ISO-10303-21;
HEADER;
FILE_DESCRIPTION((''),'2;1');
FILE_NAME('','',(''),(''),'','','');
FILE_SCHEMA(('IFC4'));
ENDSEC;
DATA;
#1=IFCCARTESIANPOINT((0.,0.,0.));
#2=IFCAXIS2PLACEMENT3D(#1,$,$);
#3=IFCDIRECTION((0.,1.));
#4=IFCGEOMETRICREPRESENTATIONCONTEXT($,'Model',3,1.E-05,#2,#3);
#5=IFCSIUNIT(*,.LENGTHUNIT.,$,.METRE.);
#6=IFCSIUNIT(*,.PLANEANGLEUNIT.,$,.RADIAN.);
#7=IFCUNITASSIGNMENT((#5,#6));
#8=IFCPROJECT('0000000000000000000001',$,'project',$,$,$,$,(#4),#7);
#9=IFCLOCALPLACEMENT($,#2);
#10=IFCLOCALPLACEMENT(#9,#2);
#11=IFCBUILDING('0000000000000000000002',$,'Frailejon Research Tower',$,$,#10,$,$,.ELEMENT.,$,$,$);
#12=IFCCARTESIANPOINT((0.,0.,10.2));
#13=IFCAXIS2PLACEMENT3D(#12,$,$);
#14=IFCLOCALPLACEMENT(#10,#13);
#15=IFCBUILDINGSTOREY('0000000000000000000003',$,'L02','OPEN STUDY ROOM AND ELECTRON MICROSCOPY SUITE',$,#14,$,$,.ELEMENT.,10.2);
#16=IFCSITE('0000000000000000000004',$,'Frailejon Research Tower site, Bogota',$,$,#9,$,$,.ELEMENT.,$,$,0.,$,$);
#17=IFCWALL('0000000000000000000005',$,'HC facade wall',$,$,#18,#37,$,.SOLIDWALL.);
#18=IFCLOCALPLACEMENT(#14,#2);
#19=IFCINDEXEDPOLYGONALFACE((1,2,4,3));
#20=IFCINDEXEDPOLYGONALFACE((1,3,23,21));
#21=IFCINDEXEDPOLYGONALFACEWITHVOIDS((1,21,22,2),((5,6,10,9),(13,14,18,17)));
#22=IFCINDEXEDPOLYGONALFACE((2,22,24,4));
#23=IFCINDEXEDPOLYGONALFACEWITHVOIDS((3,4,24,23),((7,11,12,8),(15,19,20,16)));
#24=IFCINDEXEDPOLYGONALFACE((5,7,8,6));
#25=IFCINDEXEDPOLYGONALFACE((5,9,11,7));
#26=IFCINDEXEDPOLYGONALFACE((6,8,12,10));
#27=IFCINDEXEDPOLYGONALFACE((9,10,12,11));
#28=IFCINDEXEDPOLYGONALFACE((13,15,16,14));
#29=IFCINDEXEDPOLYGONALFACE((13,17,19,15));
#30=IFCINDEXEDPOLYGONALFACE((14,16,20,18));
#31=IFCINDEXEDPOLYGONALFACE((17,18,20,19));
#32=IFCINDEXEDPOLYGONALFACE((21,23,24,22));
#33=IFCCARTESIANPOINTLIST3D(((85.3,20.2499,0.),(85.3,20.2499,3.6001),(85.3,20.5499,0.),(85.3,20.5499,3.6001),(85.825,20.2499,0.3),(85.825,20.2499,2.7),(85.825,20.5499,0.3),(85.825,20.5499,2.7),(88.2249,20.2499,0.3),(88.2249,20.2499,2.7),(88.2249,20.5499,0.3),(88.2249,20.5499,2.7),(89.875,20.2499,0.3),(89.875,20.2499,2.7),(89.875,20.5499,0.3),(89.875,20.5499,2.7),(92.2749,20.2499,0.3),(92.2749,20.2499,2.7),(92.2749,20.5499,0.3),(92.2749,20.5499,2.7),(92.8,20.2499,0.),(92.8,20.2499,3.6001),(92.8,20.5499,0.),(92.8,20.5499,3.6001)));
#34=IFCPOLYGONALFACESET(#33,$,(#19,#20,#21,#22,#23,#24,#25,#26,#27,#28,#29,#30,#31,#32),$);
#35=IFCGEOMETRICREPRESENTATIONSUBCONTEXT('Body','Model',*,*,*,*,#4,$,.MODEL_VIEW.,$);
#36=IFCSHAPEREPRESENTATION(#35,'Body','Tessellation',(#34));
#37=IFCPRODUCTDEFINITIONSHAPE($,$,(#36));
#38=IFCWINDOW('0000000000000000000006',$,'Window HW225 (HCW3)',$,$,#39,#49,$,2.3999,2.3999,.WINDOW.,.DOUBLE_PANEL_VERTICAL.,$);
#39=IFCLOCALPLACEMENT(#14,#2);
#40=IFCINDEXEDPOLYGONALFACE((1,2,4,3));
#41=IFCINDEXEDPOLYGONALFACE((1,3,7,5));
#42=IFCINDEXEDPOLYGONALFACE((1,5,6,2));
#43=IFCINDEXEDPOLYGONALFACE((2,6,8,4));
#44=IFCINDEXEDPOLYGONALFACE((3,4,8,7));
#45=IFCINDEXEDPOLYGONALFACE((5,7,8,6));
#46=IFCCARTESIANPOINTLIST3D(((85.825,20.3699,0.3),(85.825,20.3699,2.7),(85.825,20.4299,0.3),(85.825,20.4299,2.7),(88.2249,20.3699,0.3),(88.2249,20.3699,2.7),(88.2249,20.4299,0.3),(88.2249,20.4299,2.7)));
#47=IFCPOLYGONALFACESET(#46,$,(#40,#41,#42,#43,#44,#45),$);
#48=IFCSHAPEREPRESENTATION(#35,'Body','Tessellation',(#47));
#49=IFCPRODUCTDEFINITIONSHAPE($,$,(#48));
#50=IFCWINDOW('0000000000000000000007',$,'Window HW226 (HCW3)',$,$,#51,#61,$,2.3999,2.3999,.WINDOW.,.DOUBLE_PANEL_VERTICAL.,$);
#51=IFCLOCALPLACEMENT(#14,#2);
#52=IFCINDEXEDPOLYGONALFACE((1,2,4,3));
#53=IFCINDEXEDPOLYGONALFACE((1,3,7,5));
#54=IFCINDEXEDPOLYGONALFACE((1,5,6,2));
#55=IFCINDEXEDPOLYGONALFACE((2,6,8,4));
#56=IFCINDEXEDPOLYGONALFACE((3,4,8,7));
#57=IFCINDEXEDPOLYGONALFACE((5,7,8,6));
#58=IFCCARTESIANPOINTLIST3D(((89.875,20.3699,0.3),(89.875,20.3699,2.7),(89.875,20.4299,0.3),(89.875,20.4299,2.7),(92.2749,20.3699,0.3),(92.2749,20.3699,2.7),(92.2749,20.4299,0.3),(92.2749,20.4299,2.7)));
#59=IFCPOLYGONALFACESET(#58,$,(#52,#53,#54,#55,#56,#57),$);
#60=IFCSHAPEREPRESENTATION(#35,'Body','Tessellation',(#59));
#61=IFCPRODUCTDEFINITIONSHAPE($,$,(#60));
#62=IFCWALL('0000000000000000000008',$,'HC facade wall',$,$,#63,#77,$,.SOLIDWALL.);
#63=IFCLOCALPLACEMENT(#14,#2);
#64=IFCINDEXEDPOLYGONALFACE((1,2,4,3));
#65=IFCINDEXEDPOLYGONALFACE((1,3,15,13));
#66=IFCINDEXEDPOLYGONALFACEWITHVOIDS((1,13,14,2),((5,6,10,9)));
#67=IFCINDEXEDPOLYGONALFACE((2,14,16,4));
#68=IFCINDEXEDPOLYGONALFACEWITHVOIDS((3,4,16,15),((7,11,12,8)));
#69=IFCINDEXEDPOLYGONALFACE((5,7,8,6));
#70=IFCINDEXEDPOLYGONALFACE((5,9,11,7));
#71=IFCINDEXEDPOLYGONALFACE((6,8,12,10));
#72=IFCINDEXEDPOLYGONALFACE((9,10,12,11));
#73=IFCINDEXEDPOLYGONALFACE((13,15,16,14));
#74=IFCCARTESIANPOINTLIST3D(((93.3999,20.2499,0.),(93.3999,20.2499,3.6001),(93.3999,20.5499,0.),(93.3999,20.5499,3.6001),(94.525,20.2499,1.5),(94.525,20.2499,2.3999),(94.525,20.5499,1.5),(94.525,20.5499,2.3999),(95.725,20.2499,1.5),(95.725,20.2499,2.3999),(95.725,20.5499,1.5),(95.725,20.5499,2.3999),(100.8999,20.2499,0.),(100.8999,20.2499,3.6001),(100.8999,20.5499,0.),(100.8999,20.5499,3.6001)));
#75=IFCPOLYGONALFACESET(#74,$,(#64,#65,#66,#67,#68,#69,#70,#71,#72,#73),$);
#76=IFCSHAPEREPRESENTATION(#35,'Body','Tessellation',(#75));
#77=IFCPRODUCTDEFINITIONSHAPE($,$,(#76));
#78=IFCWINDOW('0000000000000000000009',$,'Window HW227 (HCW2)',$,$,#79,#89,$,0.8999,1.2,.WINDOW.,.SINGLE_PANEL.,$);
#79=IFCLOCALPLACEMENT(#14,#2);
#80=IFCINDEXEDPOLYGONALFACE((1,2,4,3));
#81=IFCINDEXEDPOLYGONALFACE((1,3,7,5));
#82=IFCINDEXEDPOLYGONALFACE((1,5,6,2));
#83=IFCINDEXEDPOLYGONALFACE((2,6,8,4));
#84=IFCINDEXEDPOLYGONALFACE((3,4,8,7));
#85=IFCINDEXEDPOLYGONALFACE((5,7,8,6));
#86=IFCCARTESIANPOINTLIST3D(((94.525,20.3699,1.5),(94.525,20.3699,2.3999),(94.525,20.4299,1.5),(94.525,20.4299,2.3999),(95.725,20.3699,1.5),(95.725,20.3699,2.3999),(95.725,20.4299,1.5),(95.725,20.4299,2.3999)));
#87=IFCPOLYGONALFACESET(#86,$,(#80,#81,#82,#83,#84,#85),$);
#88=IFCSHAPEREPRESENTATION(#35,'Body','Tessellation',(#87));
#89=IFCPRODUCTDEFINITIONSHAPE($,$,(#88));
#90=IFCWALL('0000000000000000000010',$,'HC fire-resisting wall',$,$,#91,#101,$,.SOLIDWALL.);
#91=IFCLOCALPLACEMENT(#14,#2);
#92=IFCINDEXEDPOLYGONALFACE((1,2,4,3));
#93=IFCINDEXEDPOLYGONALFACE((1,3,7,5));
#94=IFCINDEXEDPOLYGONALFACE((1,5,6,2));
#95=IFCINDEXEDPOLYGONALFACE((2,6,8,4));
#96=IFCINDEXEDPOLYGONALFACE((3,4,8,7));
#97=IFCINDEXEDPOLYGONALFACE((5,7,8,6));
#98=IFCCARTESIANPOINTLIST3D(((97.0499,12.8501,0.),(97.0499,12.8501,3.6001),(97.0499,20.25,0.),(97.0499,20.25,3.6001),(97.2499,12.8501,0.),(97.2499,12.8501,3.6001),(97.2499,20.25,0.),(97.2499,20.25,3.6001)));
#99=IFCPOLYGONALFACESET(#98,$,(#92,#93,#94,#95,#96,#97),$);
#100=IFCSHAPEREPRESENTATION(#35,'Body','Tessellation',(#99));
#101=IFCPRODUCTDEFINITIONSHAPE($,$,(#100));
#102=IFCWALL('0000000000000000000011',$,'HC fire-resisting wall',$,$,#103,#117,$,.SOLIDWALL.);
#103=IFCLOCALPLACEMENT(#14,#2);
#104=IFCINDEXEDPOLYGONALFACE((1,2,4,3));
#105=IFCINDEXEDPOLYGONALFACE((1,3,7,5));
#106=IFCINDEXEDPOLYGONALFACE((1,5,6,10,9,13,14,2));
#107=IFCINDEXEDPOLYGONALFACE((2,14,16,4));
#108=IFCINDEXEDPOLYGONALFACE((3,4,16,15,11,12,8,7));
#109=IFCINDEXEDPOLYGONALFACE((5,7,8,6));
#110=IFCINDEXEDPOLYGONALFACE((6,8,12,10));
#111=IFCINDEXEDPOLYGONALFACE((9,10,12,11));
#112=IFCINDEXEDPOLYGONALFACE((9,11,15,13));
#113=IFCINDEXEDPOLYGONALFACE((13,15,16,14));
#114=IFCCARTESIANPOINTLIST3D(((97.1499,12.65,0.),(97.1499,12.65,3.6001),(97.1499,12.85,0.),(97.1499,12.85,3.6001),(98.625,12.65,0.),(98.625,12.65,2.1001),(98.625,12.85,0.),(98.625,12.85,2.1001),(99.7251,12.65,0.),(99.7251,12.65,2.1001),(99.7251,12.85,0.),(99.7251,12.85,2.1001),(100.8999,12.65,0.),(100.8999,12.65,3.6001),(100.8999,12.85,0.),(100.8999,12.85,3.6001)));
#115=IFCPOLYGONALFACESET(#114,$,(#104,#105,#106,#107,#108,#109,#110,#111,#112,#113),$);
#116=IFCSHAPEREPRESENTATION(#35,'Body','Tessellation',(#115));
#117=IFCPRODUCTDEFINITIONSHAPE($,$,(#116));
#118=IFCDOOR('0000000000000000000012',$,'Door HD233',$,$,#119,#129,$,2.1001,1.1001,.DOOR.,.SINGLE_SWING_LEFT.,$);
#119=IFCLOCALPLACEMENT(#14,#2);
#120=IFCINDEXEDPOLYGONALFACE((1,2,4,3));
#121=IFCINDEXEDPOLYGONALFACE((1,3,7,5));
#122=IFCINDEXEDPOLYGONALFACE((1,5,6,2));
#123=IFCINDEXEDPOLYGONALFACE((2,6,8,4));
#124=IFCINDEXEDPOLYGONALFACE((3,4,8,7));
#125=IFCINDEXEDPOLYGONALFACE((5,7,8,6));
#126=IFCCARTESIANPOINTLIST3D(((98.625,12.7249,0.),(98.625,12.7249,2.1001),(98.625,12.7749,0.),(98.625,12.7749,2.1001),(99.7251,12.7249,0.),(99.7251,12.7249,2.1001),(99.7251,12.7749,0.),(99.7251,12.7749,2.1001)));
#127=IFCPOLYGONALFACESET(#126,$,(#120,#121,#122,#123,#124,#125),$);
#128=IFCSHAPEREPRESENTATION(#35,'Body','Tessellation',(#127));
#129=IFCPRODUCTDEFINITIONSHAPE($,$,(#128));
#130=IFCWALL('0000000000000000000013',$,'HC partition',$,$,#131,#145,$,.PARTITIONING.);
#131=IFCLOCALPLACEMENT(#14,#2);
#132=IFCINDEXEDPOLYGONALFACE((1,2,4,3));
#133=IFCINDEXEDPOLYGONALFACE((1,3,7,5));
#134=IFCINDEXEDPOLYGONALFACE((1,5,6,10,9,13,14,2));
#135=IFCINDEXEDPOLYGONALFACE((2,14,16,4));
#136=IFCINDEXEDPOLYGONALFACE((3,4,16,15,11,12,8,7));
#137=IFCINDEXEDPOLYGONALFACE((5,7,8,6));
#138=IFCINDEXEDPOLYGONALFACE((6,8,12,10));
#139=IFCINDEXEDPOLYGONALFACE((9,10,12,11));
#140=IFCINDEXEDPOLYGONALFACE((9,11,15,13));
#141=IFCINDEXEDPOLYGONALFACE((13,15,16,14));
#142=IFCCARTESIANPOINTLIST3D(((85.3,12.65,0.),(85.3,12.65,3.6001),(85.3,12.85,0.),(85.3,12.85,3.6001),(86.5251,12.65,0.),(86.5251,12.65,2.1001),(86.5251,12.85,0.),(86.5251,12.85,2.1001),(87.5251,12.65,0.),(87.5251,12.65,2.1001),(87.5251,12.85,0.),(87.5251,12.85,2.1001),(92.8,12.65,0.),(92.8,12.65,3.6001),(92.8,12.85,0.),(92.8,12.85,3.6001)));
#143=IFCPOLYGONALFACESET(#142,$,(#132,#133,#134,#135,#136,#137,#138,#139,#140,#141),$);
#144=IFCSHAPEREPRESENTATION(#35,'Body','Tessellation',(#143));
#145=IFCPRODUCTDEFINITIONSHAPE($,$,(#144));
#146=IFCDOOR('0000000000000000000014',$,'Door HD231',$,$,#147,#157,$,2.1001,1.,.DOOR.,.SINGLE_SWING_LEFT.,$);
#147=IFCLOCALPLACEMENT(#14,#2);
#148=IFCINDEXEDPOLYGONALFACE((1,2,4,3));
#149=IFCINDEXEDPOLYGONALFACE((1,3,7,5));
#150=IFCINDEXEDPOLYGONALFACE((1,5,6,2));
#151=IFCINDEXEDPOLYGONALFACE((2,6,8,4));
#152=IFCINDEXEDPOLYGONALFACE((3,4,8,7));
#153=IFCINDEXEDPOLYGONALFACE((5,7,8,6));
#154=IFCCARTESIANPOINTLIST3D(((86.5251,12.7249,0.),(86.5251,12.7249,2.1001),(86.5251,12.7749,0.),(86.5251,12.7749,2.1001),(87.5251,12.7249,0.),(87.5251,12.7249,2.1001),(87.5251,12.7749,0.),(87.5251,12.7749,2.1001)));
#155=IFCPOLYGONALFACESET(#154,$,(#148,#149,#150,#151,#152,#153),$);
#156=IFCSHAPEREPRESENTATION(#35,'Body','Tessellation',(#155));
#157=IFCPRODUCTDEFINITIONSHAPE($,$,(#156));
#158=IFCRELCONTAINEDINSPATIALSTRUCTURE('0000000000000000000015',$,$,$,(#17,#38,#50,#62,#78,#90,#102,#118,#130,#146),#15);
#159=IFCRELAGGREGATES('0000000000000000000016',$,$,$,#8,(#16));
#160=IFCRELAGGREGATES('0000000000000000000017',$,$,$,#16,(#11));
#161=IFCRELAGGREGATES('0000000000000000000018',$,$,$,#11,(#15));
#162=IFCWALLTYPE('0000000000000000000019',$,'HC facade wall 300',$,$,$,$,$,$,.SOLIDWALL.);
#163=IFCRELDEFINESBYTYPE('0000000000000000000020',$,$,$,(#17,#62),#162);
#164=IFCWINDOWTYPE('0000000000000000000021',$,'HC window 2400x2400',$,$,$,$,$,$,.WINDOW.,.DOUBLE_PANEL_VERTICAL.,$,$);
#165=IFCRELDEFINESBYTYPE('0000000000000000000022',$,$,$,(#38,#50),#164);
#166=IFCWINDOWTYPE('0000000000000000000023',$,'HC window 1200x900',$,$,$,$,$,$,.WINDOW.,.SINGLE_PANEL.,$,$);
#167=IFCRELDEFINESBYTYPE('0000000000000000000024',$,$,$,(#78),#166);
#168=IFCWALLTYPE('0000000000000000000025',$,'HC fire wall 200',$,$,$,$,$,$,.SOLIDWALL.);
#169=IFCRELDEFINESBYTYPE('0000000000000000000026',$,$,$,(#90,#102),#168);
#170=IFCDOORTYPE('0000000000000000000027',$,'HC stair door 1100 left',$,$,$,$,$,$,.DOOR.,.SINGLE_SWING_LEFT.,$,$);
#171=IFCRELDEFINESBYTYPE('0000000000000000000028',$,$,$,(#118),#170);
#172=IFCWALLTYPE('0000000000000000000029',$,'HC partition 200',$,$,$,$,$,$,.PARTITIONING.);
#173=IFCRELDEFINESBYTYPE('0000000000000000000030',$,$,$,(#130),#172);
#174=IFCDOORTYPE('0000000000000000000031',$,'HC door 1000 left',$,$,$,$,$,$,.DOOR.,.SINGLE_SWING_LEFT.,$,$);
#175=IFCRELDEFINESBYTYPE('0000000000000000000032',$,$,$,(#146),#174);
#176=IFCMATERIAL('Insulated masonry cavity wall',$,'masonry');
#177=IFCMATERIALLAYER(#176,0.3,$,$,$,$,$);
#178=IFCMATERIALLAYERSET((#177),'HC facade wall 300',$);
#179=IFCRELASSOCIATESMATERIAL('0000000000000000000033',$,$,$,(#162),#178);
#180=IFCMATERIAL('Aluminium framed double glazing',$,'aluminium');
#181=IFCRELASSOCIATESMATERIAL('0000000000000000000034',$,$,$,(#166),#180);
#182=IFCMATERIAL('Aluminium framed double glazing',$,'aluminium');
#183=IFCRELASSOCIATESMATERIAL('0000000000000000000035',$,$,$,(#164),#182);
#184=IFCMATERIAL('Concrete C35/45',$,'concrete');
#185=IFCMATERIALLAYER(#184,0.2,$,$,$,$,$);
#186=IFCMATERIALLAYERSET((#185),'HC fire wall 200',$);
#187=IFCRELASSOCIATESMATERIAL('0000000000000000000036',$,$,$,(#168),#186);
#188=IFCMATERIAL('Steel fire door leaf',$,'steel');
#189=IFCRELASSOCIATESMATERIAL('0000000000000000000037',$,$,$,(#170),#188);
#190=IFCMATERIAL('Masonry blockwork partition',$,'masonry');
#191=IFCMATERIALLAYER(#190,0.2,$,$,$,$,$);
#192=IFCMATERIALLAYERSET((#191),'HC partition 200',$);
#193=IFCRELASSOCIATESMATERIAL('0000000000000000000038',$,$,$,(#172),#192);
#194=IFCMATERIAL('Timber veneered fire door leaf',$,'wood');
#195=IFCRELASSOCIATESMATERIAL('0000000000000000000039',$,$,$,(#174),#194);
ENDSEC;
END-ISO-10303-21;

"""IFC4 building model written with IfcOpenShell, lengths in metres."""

from ifc_helpers import new_model, si_unit, direction, frame, frame_2d, origin, place, context, subcontext, project, spatial, rectangle, extrude, material, layer, layer_set, type_object, element, fill, save


model = new_model("IFC4")

# Units and contexts
model_context = context("Model", 3, precision=1e-05, world=origin(), true_north=direction((0.0, 1.0)))
body_context = subcontext(model_context, "Body", "Model", "MODEL_VIEW")
ifc_project = project(units=[si_unit("LENGTHUNIT", "METRE"), si_unit("PLANEANGLEUNIT", "RADIAN")], contexts=[model_context])

# Site, building, storey
site_placement = place(None, origin())
site = spatial("IfcSite", under=ifc_project, at=site_placement, Name="Frailejon Research Tower site, Bogota", CompositionType="ELEMENT", RefElevation=0.0)
building_placement = place(site_placement, origin())
building = spatial("IfcBuilding", under=site, at=building_placement, Name="Frailejon Research Tower", CompositionType="ELEMENT")
storey_placement = place(building_placement, frame((0.0, 0.0, 10.2)))
storey = spatial("IfcBuildingStorey", under=building, at=storey_placement, Name="L02", Description="OPEN STUDY ROOM AND ELECTRON MICROSCOPY SUITE", CompositionType="ELEMENT", Elevation=10.2)

# Wall, openings, windows
ifc_material_1 = material(Name="Insulated masonry cavity wall", Category="masonry")
ifc_layer_1 = layer(ifc_material_1, 0.3)
ifc_layer_set_1 = layer_set([ifc_layer_1], Name="HC facade wall 300")
wall_type_1 = type_object("IfcWallType", Name="HC facade wall 300", PredefinedType="SOLIDWALL", material=ifc_layer_set_1)
ifc_material_2 = material(Name="Aluminium framed double glazing", Category="aluminium")
window_type_1 = type_object("IfcWindowType", Name="HC window 1200x900", PartitioningType="SINGLE_PANEL", PredefinedType="WINDOW", material=ifc_material_2)
wall_1_placement = place(storey_placement, frame((85.3, 20.3999, 0.0), z_axis=(0.0, 0.0, 1.0), x_axis=(1.0, 0.0, 0.0)))
wall_1 = element("IfcWall", 1, at=wall_1_placement, inside=storey, type_object=wall_type_1, Name="HC facade wall", PredefinedType="SOLIDWALL", context=body_context, shape_type="SweptSolid", body=[
    extrude(rectangle(XDim=7.5, YDim=0.3, at=frame_2d((3.75, 0.0))), origin(), (0.0, 0.0, 1.0), 3.6001),
])
opening_1_placement = place(wall_1_placement, frame((0.5249, 0.0, 0.3)))
opening_1 = element("IfcOpeningElement", 2, at=opening_1_placement, cuts=wall_1, PredefinedType="OPENING", context=body_context, shape_type="SweptSolid", body=[
    extrude(rectangle(XDim=2.3999, YDim=2.3999, at=frame_2d((1.2, 1.2))), frame((0.0, 0.1599, 0.0), z_axis=(0.0, -1.0, 0.0), x_axis=(1.0, 0.0, 0.0)), (0.0, 0.0, 1.0), 0.3201),
])
opening_2_placement = place(wall_1_placement, frame((4.575, 0.0, 0.3)))
opening_2 = element("IfcOpeningElement", 3, at=opening_2_placement, cuts=wall_1, PredefinedType="OPENING", context=body_context, shape_type="SweptSolid", body=[
    extrude(rectangle(XDim=2.3999, YDim=2.3999, at=frame_2d((1.2, 1.2))), frame((0.0, 0.1599, 0.0), z_axis=(0.0, -1.0, 0.0), x_axis=(1.0, 0.0, 0.0)), (0.0, 0.0, 1.0), 0.3201),
])
ifc_material_3 = material(Name="Aluminium framed double glazing", Category="aluminium")
window_type_2 = type_object("IfcWindowType", Name="HC window 2400x2400", PartitioningType="DOUBLE_PANEL_VERTICAL", PredefinedType="WINDOW", material=ifc_material_3)
window_1_placement = place(opening_1_placement, origin())
window_1 = element("IfcWindow", 4, at=window_1_placement, inside=storey, type_object=window_type_2, Name="Window HW225 (HCW3)", OverallHeight=2.3999, OverallWidth=2.3999, PartitioningType="DOUBLE_PANEL_VERTICAL", PredefinedType="WINDOW", context=body_context, shape_type="SweptSolid", body=[
    extrude(rectangle(XDim=2.3999, YDim=2.3999, at=frame_2d((1.2, 1.2))), frame((0.0, 0.03, 0.0), z_axis=(0.0, -1.0, 0.0), x_axis=(1.0, 0.0, 0.0)), (0.0, 0.0, 1.0), 0.0601),
])
fill(opening_1, window_1)
window_2_placement = place(opening_2_placement, origin())
window_2 = element("IfcWindow", 5, at=window_2_placement, inside=storey, type_object=window_type_2, Name="Window HW226 (HCW3)", OverallHeight=2.3999, OverallWidth=2.3999, PartitioningType="DOUBLE_PANEL_VERTICAL", PredefinedType="WINDOW", context=body_context, shape_type="SweptSolid", body=[
    extrude(rectangle(XDim=2.3999, YDim=2.3999, at=frame_2d((1.2, 1.2))), frame((0.0, 0.03, 0.0), z_axis=(0.0, -1.0, 0.0), x_axis=(1.0, 0.0, 0.0)), (0.0, 0.0, 1.0), 0.0601),
])
fill(opening_2, window_2)

# Wall, opening, window
wall_2_placement = place(storey_placement, frame((93.3999, 20.3999, 0.0), z_axis=(0.0, 0.0, 1.0), x_axis=(1.0, 0.0, 0.0)))
wall_2 = element("IfcWall", 6, at=wall_2_placement, inside=storey, type_object=wall_type_1, Name="HC facade wall", PredefinedType="SOLIDWALL", context=body_context, shape_type="SweptSolid", body=[
    extrude(rectangle(XDim=7.5, YDim=0.3, at=frame_2d((3.75, 0.0))), origin(), (0.0, 0.0, 1.0), 3.6001),
])
opening_3_placement = place(wall_2_placement, frame((1.125, 0.0, 1.5)))
opening_3 = element("IfcOpeningElement", 7, at=opening_3_placement, cuts=wall_2, PredefinedType="OPENING", context=body_context, shape_type="SweptSolid", body=[
    extrude(rectangle(XDim=1.2, YDim=0.8999, at=frame_2d((0.6001, 0.45))), frame((0.0, 0.1599, 0.0), z_axis=(0.0, -1.0, 0.0), x_axis=(1.0, 0.0, 0.0)), (0.0, 0.0, 1.0), 0.3201),
])
window_3_placement = place(opening_3_placement, origin())
window_3 = element("IfcWindow", 8, at=window_3_placement, inside=storey, type_object=window_type_1, Name="Window HW227 (HCW2)", OverallHeight=0.8999, OverallWidth=1.2, PartitioningType="SINGLE_PANEL", PredefinedType="WINDOW", context=body_context, shape_type="SweptSolid", body=[
    extrude(rectangle(XDim=1.2, YDim=0.8999, at=frame_2d((0.6001, 0.45))), frame((0.0, 0.03, 0.0), z_axis=(0.0, -1.0, 0.0), x_axis=(1.0, 0.0, 0.0)), (0.0, 0.0, 1.0), 0.0601),
])
fill(opening_3, window_3)

# Wall
ifc_material_4 = material(Name="Concrete C35/45", Category="concrete")
ifc_layer_2 = layer(ifc_material_4, 0.2)
ifc_layer_set_2 = layer_set([ifc_layer_2], Name="HC fire wall 200")
wall_type_2 = type_object("IfcWallType", Name="HC fire wall 200", PredefinedType="SOLIDWALL", material=ifc_layer_set_2)
wall_3_placement = place(storey_placement, frame((97.1499, 12.8501, 0.0), z_axis=(0.0, 0.0, 1.0), x_axis=(0.0, 1.0, 0.0)))
element("IfcWall", 9, at=wall_3_placement, inside=storey, type_object=wall_type_2, Name="HC fire-resisting wall", PredefinedType="SOLIDWALL", context=body_context, shape_type="SweptSolid", body=[
    extrude(rectangle(XDim=7.3999, YDim=0.2, at=frame_2d((3.7, 0.0))), origin(), (0.0, 0.0, 1.0), 3.6001),
])

# Walls, openings, doors
wall_4_placement = place(storey_placement, frame((97.1499, 12.75, 0.0), z_axis=(0.0, 0.0, 1.0), x_axis=(1.0, 0.0, 0.0)))
wall_4 = element("IfcWall", 10, at=wall_4_placement, inside=storey, type_object=wall_type_2, Name="HC fire-resisting wall", PredefinedType="SOLIDWALL", context=body_context, shape_type="SweptSolid", body=[
    extrude(rectangle(XDim=3.75, YDim=0.2, at=frame_2d((1.875, 0.0))), origin(), (0.0, 0.0, 1.0), 3.6001),
])
opening_4_placement = place(wall_4_placement, frame((1.4751, 0.0, 0.0)))
opening_4 = element("IfcOpeningElement", 11, at=opening_4_placement, cuts=wall_4, PredefinedType="OPENING", context=body_context, shape_type="SweptSolid", body=[
    extrude(rectangle(XDim=1.1001, YDim=2.1001, at=frame_2d((0.55, 1.05))), frame((0.0, 0.1099, 0.0), z_axis=(0.0, -1.0, 0.0), x_axis=(1.0, 0.0, 0.0)), (0.0, 0.0, 1.0), 0.22),
])
ifc_material_5 = material(Name="Steel fire door leaf", Category="steel")
door_type_1 = type_object("IfcDoorType", Name="HC stair door 1100 left", OperationType="SINGLE_SWING_LEFT", PredefinedType="DOOR", material=ifc_material_5)
door_1_placement = place(opening_4_placement, origin())
door_1 = element("IfcDoor", 12, at=door_1_placement, inside=storey, type_object=door_type_1, Name="Door HD233", OperationType="SINGLE_SWING_LEFT", OverallHeight=2.1001, OverallWidth=1.1001, PredefinedType="DOOR", context=body_context, shape_type="SweptSolid", body=[
    extrude(rectangle(XDim=1.1001, YDim=2.1001, at=frame_2d((0.55, 1.05))), frame((0.0, 0.0249, 0.0), z_axis=(0.0, -1.0, 0.0), x_axis=(1.0, 0.0, 0.0)), (0.0, 0.0, 1.0), 0.05),
])
fill(opening_4, door_1)
ifc_material_6 = material(Name="Masonry blockwork partition", Category="masonry")
ifc_layer_3 = layer(ifc_material_6, 0.2)
ifc_layer_set_3 = layer_set([ifc_layer_3], Name="HC partition 200")
wall_type_3 = type_object("IfcWallType", Name="HC partition 200", PredefinedType="PARTITIONING", material=ifc_layer_set_3)
wall_5_placement = place(storey_placement, frame((85.3, 12.75, 0.0), z_axis=(0.0, 0.0, 1.0), x_axis=(1.0, 0.0, 0.0)))
wall_5 = element("IfcWall", 13, at=wall_5_placement, inside=storey, type_object=wall_type_3, Name="HC partition", PredefinedType="PARTITIONING", context=body_context, shape_type="SweptSolid", body=[
    extrude(rectangle(XDim=7.5, YDim=0.2, at=frame_2d((3.75, 0.0))), origin(), (0.0, 0.0, 1.0), 3.6001),
])
opening_5_placement = place(wall_5_placement, frame((1.2251, 0.0, 0.0)))
opening_5 = element("IfcOpeningElement", 14, at=opening_5_placement, cuts=wall_5, PredefinedType="OPENING", context=body_context, shape_type="SweptSolid", body=[
    extrude(rectangle(XDim=1.0, YDim=2.1001, at=frame_2d((0.5, 1.05))), frame((0.0, 0.1099, 0.0), z_axis=(0.0, -1.0, 0.0), x_axis=(1.0, 0.0, 0.0)), (0.0, 0.0, 1.0), 0.22),
])
ifc_material_7 = material(Name="Timber veneered fire door leaf", Category="wood")
door_type_2 = type_object("IfcDoorType", Name="HC door 1000 left", OperationType="SINGLE_SWING_LEFT", PredefinedType="DOOR", material=ifc_material_7)
door_2_placement = place(opening_5_placement, origin())
door_2 = element("IfcDoor", 15, at=door_2_placement, inside=storey, type_object=door_type_2, Name="Door HD231", OperationType="SINGLE_SWING_LEFT", OverallHeight=2.1001, OverallWidth=1.0, PredefinedType="DOOR", context=body_context, shape_type="SweptSolid", body=[
    extrude(rectangle(XDim=1.0, YDim=2.1001, at=frame_2d((0.5, 1.05))), frame((0.0, 0.0249, 0.0), z_axis=(0.0, -1.0, 0.0), x_axis=(1.0, 0.0, 0.0)), (0.0, 0.0, 1.0), 0.05),
])
fill(opening_5, door_2)

save(model, "model.ifc")
